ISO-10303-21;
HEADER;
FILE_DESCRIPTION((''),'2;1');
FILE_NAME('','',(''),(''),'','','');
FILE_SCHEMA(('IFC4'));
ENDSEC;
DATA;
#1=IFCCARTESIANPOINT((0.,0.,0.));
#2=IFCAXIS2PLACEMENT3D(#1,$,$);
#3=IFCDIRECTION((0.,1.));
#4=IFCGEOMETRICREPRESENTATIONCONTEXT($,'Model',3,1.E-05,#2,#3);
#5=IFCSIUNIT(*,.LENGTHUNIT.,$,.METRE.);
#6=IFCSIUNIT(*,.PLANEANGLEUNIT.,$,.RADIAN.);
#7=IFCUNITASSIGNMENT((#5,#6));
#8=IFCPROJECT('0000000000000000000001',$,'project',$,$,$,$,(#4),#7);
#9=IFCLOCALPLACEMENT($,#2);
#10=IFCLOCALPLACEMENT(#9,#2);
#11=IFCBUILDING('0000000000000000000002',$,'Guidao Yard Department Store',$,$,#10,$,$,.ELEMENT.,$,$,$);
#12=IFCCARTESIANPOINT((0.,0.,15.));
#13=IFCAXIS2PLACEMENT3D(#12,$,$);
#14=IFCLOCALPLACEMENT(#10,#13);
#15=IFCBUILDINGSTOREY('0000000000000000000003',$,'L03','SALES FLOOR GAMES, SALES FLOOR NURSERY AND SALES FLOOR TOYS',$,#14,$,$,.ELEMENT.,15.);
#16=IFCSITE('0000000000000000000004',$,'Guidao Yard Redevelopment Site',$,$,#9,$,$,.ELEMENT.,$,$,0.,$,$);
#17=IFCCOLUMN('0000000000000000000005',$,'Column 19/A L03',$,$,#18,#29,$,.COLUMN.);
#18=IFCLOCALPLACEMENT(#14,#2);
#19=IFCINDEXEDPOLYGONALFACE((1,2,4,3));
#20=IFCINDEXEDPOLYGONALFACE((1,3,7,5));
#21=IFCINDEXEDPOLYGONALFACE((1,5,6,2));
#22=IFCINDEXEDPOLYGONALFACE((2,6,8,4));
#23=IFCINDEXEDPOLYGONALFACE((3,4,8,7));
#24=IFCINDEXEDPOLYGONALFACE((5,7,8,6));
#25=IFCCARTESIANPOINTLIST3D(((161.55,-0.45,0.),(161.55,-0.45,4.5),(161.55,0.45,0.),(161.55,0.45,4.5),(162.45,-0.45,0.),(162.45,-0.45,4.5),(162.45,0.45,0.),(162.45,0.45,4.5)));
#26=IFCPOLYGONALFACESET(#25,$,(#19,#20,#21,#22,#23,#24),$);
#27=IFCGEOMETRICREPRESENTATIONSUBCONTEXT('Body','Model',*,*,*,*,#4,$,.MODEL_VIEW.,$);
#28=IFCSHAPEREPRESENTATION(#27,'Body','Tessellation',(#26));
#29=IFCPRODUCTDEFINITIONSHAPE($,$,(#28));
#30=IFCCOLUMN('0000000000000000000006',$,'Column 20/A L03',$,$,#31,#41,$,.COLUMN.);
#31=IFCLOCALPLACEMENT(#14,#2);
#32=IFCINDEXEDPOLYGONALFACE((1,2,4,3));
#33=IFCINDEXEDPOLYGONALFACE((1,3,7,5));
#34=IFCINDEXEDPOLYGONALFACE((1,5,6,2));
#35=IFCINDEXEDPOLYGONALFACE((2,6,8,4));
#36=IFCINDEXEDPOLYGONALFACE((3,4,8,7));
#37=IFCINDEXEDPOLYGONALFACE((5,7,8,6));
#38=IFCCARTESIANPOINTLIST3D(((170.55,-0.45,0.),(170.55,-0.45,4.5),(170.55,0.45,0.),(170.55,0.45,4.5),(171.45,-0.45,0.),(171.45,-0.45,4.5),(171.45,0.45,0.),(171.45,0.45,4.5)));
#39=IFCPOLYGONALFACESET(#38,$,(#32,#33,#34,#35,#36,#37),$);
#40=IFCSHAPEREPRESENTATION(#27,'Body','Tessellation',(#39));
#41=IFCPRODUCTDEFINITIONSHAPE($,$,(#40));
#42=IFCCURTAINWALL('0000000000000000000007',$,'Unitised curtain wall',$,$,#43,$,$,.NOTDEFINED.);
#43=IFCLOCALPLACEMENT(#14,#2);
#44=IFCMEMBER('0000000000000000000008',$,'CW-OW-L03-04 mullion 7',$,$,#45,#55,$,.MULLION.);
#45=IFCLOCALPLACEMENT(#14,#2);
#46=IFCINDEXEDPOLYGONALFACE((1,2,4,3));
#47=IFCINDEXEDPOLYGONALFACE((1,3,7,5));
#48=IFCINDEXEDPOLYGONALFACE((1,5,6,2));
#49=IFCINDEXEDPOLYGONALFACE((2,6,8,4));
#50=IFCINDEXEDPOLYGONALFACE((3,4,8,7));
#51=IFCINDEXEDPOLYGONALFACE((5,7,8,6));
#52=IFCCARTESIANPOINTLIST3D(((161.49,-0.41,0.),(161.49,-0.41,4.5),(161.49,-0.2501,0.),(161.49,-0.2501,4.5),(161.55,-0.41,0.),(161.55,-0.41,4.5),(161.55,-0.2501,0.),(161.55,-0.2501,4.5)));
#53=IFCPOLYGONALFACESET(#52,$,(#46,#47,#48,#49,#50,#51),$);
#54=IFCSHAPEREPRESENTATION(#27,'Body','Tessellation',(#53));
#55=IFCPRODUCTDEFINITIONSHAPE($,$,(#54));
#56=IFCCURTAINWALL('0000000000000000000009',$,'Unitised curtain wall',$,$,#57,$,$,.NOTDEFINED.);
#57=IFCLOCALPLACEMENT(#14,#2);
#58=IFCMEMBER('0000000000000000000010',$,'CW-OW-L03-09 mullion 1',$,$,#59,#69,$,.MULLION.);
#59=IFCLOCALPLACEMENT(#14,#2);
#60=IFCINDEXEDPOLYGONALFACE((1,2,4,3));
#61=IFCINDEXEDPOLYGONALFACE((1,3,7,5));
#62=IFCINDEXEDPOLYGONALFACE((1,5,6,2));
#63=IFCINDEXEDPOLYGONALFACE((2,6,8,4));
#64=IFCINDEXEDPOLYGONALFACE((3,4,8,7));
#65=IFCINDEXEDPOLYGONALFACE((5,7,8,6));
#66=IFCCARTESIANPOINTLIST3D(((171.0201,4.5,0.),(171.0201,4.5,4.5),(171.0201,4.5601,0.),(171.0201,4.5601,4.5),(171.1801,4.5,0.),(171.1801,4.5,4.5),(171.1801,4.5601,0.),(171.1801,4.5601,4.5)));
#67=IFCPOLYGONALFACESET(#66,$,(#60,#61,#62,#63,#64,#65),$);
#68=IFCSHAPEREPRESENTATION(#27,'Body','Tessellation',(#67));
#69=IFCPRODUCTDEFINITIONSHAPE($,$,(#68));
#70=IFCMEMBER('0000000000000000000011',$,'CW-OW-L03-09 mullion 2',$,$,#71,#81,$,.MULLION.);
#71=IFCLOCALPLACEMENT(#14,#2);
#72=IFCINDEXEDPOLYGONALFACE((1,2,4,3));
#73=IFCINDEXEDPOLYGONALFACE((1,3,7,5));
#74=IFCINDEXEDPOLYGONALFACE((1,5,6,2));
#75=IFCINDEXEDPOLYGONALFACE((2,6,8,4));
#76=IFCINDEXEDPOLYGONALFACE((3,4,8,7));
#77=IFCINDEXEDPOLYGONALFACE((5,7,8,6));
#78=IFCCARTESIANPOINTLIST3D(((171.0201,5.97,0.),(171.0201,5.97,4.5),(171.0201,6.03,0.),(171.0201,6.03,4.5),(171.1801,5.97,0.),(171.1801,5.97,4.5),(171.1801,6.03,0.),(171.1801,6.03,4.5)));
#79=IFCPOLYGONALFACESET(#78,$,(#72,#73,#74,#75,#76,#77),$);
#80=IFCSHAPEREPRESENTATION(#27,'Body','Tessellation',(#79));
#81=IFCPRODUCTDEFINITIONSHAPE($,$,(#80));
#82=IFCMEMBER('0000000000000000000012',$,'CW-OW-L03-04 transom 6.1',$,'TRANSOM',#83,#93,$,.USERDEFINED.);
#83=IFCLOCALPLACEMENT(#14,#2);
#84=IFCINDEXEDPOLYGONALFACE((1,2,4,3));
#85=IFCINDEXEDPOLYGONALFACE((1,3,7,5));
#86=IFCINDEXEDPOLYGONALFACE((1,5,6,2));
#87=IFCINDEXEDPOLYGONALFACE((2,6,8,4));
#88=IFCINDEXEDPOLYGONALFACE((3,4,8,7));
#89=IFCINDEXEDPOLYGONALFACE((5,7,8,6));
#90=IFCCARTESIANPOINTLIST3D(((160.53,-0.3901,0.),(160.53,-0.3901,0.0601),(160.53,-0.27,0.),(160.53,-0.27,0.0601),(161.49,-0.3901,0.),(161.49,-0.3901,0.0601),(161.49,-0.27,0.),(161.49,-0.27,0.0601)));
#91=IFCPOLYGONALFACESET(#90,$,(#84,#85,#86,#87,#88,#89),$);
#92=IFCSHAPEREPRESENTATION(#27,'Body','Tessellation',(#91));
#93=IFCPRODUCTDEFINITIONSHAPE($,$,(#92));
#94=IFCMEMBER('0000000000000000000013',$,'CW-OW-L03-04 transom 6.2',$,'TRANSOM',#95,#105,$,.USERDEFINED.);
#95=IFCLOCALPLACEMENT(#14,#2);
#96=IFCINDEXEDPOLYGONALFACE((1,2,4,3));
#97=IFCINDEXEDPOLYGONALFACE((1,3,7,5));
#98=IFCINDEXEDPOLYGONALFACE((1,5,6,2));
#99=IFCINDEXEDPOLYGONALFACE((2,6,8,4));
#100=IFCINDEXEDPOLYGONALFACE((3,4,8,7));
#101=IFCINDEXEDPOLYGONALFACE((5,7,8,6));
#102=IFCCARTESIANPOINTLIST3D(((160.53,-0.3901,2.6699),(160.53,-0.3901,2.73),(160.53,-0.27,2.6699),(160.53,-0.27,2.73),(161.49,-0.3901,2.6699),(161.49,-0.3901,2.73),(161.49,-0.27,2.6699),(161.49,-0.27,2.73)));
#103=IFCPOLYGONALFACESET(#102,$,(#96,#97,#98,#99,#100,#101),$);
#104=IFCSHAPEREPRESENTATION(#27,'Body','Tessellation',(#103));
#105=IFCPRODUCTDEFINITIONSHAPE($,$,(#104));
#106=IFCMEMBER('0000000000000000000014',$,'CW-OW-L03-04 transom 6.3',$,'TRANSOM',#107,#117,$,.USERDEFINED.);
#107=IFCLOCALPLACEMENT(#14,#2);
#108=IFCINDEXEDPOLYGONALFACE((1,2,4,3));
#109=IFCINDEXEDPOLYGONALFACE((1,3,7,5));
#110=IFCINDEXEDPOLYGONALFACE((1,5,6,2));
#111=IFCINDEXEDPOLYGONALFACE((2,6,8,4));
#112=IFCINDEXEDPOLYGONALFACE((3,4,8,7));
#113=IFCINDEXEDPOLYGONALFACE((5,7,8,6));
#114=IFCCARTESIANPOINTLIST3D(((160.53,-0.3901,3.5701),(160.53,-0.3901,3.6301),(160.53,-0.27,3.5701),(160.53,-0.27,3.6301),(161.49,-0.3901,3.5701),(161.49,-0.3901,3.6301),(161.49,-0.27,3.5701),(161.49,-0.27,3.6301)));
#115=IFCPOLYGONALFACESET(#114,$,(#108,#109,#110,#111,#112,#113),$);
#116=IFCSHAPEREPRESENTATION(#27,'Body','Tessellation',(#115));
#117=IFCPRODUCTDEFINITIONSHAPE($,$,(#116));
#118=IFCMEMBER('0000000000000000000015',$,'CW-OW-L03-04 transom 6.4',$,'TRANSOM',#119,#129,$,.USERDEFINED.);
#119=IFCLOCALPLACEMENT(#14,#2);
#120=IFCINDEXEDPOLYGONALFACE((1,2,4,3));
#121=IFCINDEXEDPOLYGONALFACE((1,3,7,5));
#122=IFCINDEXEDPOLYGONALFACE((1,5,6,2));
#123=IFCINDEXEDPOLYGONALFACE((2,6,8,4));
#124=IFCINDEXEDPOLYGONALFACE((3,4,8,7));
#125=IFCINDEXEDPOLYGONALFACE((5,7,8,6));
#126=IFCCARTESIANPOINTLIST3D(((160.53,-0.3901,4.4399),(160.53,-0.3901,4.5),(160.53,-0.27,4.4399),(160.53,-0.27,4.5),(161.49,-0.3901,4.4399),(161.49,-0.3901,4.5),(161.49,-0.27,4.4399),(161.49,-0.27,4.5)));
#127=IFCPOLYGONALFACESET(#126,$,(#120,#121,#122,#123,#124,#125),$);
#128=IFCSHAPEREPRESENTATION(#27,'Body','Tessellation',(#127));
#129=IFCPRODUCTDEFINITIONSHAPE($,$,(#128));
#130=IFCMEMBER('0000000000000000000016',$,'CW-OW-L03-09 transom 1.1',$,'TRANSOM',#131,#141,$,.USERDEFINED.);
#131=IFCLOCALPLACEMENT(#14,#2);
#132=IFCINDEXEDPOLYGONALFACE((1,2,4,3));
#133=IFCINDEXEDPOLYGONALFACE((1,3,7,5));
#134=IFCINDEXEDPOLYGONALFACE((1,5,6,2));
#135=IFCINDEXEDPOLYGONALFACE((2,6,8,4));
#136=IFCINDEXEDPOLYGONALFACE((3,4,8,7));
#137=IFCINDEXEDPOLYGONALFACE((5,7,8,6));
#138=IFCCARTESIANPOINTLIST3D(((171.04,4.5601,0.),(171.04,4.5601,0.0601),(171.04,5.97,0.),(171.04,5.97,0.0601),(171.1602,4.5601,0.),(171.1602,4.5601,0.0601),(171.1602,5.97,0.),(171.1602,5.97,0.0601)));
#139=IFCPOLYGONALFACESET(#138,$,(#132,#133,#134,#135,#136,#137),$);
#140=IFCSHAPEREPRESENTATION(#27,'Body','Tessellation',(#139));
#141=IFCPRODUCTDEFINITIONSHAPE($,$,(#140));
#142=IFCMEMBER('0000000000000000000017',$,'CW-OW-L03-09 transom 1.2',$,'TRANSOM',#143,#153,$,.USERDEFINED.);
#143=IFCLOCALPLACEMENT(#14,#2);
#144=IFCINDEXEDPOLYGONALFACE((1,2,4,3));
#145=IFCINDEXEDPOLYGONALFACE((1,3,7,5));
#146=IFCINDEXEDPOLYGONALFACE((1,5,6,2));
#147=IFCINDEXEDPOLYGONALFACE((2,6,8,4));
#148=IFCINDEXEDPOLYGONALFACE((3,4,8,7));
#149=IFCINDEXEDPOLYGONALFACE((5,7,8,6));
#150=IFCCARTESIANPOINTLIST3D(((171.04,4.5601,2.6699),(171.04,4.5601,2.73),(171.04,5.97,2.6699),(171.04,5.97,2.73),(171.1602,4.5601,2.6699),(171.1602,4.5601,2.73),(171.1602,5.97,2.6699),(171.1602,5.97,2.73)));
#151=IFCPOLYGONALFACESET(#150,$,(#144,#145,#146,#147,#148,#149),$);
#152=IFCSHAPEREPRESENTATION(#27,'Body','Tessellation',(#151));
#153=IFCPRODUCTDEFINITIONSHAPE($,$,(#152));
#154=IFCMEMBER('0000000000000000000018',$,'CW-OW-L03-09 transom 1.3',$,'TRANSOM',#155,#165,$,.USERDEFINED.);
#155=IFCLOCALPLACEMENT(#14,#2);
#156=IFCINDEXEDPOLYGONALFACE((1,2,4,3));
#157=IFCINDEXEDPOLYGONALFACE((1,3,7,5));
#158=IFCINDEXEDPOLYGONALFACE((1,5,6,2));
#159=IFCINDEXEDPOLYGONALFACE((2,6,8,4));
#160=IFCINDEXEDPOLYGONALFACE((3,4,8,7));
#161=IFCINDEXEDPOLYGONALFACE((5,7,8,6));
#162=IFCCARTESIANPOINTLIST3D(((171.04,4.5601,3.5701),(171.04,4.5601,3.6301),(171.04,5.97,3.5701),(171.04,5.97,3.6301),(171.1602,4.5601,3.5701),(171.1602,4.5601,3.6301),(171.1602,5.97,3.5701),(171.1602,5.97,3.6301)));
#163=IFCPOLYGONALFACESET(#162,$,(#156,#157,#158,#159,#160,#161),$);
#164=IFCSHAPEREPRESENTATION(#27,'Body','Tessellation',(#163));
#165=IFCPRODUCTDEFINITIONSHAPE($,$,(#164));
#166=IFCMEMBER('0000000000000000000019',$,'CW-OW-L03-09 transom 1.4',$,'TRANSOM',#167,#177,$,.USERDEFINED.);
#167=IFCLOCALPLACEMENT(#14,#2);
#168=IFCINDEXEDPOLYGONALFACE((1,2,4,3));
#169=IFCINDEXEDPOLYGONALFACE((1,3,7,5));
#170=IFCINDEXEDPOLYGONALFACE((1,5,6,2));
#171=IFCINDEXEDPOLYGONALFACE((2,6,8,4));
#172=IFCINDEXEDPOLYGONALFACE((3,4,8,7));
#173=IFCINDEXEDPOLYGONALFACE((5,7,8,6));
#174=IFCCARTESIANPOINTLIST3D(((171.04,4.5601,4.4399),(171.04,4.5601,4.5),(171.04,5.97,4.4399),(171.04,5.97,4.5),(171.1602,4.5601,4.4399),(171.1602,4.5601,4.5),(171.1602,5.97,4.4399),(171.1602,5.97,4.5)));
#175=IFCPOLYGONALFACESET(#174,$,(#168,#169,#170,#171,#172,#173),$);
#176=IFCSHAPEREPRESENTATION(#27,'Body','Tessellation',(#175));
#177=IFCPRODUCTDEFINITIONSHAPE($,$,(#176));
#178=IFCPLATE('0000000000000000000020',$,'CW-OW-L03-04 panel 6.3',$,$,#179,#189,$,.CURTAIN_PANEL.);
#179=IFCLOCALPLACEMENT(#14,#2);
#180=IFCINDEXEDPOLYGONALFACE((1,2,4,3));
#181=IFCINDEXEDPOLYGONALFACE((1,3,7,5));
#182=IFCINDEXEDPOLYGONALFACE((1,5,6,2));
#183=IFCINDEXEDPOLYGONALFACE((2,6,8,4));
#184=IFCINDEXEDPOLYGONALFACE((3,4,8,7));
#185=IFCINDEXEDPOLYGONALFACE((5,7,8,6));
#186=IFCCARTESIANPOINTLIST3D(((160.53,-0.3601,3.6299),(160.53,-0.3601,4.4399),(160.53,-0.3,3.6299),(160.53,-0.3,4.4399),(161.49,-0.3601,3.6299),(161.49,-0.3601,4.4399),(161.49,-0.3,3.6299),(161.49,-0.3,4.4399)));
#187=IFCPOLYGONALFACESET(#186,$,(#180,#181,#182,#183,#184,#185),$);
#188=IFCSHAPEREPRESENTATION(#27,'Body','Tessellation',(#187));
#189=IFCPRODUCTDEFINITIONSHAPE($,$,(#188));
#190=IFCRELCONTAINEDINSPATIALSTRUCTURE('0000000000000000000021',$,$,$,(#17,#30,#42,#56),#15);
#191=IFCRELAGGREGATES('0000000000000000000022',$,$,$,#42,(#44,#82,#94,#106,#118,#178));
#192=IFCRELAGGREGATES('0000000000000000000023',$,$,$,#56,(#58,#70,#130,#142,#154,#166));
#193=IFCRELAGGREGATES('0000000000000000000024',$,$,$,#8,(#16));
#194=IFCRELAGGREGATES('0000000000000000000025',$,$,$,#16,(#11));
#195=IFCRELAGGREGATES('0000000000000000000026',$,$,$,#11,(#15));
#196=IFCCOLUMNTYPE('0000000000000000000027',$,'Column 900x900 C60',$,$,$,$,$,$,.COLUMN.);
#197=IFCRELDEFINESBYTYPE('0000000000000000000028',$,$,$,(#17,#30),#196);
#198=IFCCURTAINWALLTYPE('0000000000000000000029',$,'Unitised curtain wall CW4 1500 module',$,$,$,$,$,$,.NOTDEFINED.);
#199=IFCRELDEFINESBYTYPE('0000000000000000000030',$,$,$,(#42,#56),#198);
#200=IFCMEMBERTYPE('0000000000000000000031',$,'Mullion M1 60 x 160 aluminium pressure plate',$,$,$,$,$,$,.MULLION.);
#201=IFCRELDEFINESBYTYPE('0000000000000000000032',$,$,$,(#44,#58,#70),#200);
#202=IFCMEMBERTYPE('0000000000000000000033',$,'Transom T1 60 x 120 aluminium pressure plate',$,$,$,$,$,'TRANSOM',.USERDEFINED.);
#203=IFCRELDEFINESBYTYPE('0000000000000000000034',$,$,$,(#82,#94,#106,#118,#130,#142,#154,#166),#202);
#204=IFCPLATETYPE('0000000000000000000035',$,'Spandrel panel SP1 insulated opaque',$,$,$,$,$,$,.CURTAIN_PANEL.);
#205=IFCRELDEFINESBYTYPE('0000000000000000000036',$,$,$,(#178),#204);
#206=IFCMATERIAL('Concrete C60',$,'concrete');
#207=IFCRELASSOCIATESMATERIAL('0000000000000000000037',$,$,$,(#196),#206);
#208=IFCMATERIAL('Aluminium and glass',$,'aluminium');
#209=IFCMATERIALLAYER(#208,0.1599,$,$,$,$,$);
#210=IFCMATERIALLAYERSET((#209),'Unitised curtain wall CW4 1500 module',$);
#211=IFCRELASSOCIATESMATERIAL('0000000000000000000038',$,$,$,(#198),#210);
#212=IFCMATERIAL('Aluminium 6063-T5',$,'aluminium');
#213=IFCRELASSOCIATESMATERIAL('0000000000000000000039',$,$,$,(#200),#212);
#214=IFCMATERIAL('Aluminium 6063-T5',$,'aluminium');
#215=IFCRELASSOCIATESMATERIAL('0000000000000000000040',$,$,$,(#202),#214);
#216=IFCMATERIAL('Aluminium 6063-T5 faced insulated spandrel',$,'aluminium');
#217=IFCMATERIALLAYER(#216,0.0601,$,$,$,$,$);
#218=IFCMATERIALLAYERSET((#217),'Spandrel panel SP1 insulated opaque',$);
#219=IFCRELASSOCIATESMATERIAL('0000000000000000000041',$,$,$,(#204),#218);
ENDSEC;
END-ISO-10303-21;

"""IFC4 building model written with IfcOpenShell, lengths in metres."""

from ifc_helpers import new_model, si_unit, direction, frame, origin, origin_2d, place, context, subcontext, project, spatial, rectangle, extrude, material, layer, layer_set, material_profile, profile_set, type_object, element, aggregate, save


model = new_model("IFC4")

# Units and contexts
model_context = context("Model", 3, precision=1e-05, world=origin(), true_north=direction((0.0, 1.0)))
body_context = subcontext(model_context, "Body", "Model", "MODEL_VIEW")
ifc_project = project(units=[si_unit("LENGTHUNIT", "METRE"), si_unit("PLANEANGLEUNIT", "RADIAN")], contexts=[model_context])

# Site, building, storey
site_placement = place(None, origin())
site = spatial("IfcSite", under=ifc_project, at=site_placement, Name="Guidao Yard Redevelopment Site", CompositionType="ELEMENT", RefElevation=0.0)
building_placement = place(site_placement, origin())
building = spatial("IfcBuilding", under=site, at=building_placement, Name="Guidao Yard Department Store", CompositionType="ELEMENT")
storey_placement = place(building_placement, frame((0.0, 0.0, 15.0)))
storey = spatial("IfcBuildingStorey", under=building, at=storey_placement, Name="L03", Description="SALES FLOOR GAMES, SALES FLOOR NURSERY AND SALES FLOOR TOYS", CompositionType="ELEMENT", Elevation=15.0)

# Columns
ifc_material_1 = material(Name="Concrete C60", Category="concrete")
ifc_material_profile_1 = material_profile(ifc_material_1, rectangle(XDim=0.8999, YDim=0.8999, at=origin_2d()), Name="COL 900x900")
ifc_profile_set_1 = profile_set([ifc_material_profile_1], Name="Concrete C60")
column_type = type_object("IfcColumnType", Name="Column 900x900 C60", PredefinedType="COLUMN", material=ifc_profile_set_1)
for number, where, z_axis, x_axis, name in (
    (1, (162.0, 0.0, 0.0), (0.0, 0.0, 1.0), (1.0, 0.0, 0.0), "Column 19/A L03"),
    (2, (171.0, 0.0, 0.0), (0.0, 0.0, 1.0), (1.0, 0.0, 0.0), "Column 20/A L03"),
):
    element("IfcColumn", number, at=place(storey_placement, frame(where, z_axis=z_axis, x_axis=x_axis)), inside=storey, type_object=column_type, Name=name, PredefinedType="COLUMN", context=body_context, shape_type="SweptSolid", body=[
        extrude(rectangle(XDim=0.8999, YDim=0.8999, at=origin_2d()), origin(), (0.0, 0.0, 1.0), 4.5),
    ])

# Curtain wall, member
ifc_material_2 = material(Name="Aluminium and glass", Category="aluminium")
ifc_layer_1 = layer(ifc_material_2, 0.1599)
ifc_layer_set_1 = layer_set([ifc_layer_1], Name="Unitised curtain wall CW4 1500 module")
curtain_wall_type = type_object("IfcCurtainWallType", Name="Unitised curtain wall CW4 1500 module", PredefinedType="NOTDEFINED", material=ifc_layer_set_1)
curtain_wall_1_placement = place(storey_placement, origin())
curtain_wall_1 = element("IfcCurtainWall", 3, at=curtain_wall_1_placement, inside=storey, type_object=curtain_wall_type, Name="Unitised curtain wall", PredefinedType="NOTDEFINED")
ifc_material_3 = material(Name="Aluminium 6063-T5", Category="aluminium")
ifc_material_profile_2 = material_profile(ifc_material_3, rectangle(XDim=0.0601, YDim=0.1599, at=origin_2d()), Name="Mullion M1 60 x 160 aluminium pressure plate")
ifc_profile_set_2 = profile_set([ifc_material_profile_2], Name="Aluminium 6063-T5")
member_type_1 = type_object("IfcMemberType", Name="Mullion M1 60 x 160 aluminium pressure plate", PredefinedType="MULLION", material=ifc_profile_set_2)
member_1_placement = place(storey_placement, frame((161.52, -0.3301, 0.0), z_axis=(0.0, 0.0, 1.0), x_axis=(-1.0, 0.0, 0.0)))
member_1 = element("IfcMember", 4, at=member_1_placement, type_object=member_type_1, Name="CW-OW-L03-04 mullion 7", PredefinedType="MULLION", context=body_context, shape_type="SweptSolid", body=[
    extrude(rectangle(XDim=0.0601, YDim=0.1599, at=origin_2d()), origin(), (0.0, 0.0, 1.0), 4.5),
])

# Curtain wall, members
curtain_wall_2_placement = place(storey_placement, origin())
curtain_wall_2 = element("IfcCurtainWall", 5, at=curtain_wall_2_placement, inside=storey, type_object=curtain_wall_type, Name="Unitised curtain wall", PredefinedType="NOTDEFINED")
member_2_placement = place(storey_placement, frame((171.1001, 4.53, 0.0), z_axis=(0.0, 0.0, 1.0), x_axis=(0.0, -1.0, 0.0)))
member_2 = element("IfcMember", 6, at=member_2_placement, type_object=member_type_1, Name="CW-OW-L03-09 mullion 1", PredefinedType="MULLION", context=body_context, shape_type="SweptSolid", body=[
    extrude(rectangle(XDim=0.0601, YDim=0.1599, at=origin_2d()), origin(), (0.0, 0.0, 1.0), 4.5),
])
member_3_placement = place(storey_placement, frame((171.1001, 6.0, 0.0), z_axis=(0.0, 0.0, 1.0), x_axis=(0.0, -1.0, 0.0)))
member_3 = element("IfcMember", 7, at=member_3_placement, type_object=member_type_1, Name="CW-OW-L03-09 mullion 2", PredefinedType="MULLION", context=body_context, shape_type="SweptSolid", body=[
    extrude(rectangle(XDim=0.0601, YDim=0.1599, at=origin_2d()), origin(), (0.0, 0.0, 1.0), 4.5),
])

# Members
ifc_material_4 = material(Name="Aluminium 6063-T5", Category="aluminium")
ifc_material_profile_3 = material_profile(ifc_material_4, rectangle(XDim=0.1201, YDim=0.0601, at=origin_2d()), Name="Transom T1 60 x 120 aluminium pressure plate")
ifc_profile_set_3 = profile_set([ifc_material_profile_3], Name="Aluminium 6063-T5")
member_type_2 = type_object("IfcMemberType", Name="Transom T1 60 x 120 aluminium pressure plate", ElementType="TRANSOM", PredefinedType="USERDEFINED", material=ifc_profile_set_3)
member_4_placement = place(storey_placement, frame((161.49, -0.3301, 0.03), z_axis=(-1.0, 0.0, 0.0), x_axis=(0.0, -1.0, 0.0)))
member_4 = element("IfcMember", 8, at=member_4_placement, type_object=member_type_2, Name="CW-OW-L03-04 transom 6.1", ObjectType="TRANSOM", PredefinedType="USERDEFINED", context=body_context, shape_type="SweptSolid", body=[
    extrude(rectangle(XDim=0.1201, YDim=0.0601, at=origin_2d()), origin(), (0.0, 0.0, 1.0), 0.96),
])
member_5_placement = place(storey_placement, frame((161.49, -0.3301, 2.7), z_axis=(-1.0, 0.0, 0.0), x_axis=(0.0, -1.0, 0.0)))
member_5 = element("IfcMember", 9, at=member_5_placement, type_object=member_type_2, Name="CW-OW-L03-04 transom 6.2", ObjectType="TRANSOM", PredefinedType="USERDEFINED", context=body_context, shape_type="SweptSolid", body=[
    extrude(rectangle(XDim=0.1201, YDim=0.0601, at=origin_2d()), origin(), (0.0, 0.0, 1.0), 0.96),
])
member_6_placement = place(storey_placement, frame((161.49, -0.3301, 3.6001), z_axis=(-1.0, 0.0, 0.0), x_axis=(0.0, -1.0, 0.0)))
member_6 = element("IfcMember", 10, at=member_6_placement, type_object=member_type_2, Name="CW-OW-L03-04 transom 6.3", ObjectType="TRANSOM", PredefinedType="USERDEFINED", context=body_context, shape_type="SweptSolid", body=[
    extrude(rectangle(XDim=0.1201, YDim=0.0601, at=origin_2d()), origin(), (0.0, 0.0, 1.0), 0.96),
])
member_7_placement = place(storey_placement, frame((161.49, -0.3301, 4.47), z_axis=(-1.0, 0.0, 0.0), x_axis=(0.0, -1.0, 0.0)))
member_7 = element("IfcMember", 11, at=member_7_placement, type_object=member_type_2, Name="CW-OW-L03-04 transom 6.4", ObjectType="TRANSOM", PredefinedType="USERDEFINED", context=body_context, shape_type="SweptSolid", body=[
    extrude(rectangle(XDim=0.1201, YDim=0.0601, at=origin_2d()), origin(), (0.0, 0.0, 1.0), 0.96),
])
member_8_placement = place(storey_placement, frame((171.1001, 5.97, 0.03), z_axis=(0.0, -1.0, 0.0), x_axis=(1.0, 0.0, 0.0)))
member_8 = element("IfcMember", 12, at=member_8_placement, type_object=member_type_2, Name="CW-OW-L03-09 transom 1.1", ObjectType="TRANSOM", PredefinedType="USERDEFINED", context=body_context, shape_type="SweptSolid", body=[
    extrude(rectangle(XDim=0.1201, YDim=0.0601, at=origin_2d()), origin(), (0.0, 0.0, 1.0), 1.4099),
])
member_9_placement = place(storey_placement, frame((171.1001, 5.97, 2.7), z_axis=(0.0, -1.0, 0.0), x_axis=(1.0, 0.0, 0.0)))
member_9 = element("IfcMember", 13, at=member_9_placement, type_object=member_type_2, Name="CW-OW-L03-09 transom 1.2", ObjectType="TRANSOM", PredefinedType="USERDEFINED", context=body_context, shape_type="SweptSolid", body=[
    extrude(rectangle(XDim=0.1201, YDim=0.0601, at=origin_2d()), origin(), (0.0, 0.0, 1.0), 1.4099),
])
member_10_placement = place(storey_placement, frame((171.1001, 5.97, 3.6001), z_axis=(0.0, -1.0, 0.0), x_axis=(1.0, 0.0, 0.0)))
member_10 = element("IfcMember", 14, at=member_10_placement, type_object=member_type_2, Name="CW-OW-L03-09 transom 1.3", ObjectType="TRANSOM", PredefinedType="USERDEFINED", context=body_context, shape_type="SweptSolid", body=[
    extrude(rectangle(XDim=0.1201, YDim=0.0601, at=origin_2d()), origin(), (0.0, 0.0, 1.0), 1.4099),
])
member_11_placement = place(storey_placement, frame((171.1001, 5.97, 4.47), z_axis=(0.0, -1.0, 0.0), x_axis=(1.0, 0.0, 0.0)))
member_11 = element("IfcMember", 15, at=member_11_placement, type_object=member_type_2, Name="CW-OW-L03-09 transom 1.4", ObjectType="TRANSOM", PredefinedType="USERDEFINED", context=body_context, shape_type="SweptSolid", body=[
    extrude(rectangle(XDim=0.1201, YDim=0.0601, at=origin_2d()), origin(), (0.0, 0.0, 1.0), 1.4099),
])

# Plate
ifc_material_5 = material(Name="Aluminium 6063-T5 faced insulated spandrel", Category="aluminium")
ifc_layer_2 = layer(ifc_material_5, 0.0601)
ifc_layer_set_2 = layer_set([ifc_layer_2], Name="Spandrel panel SP1 insulated opaque")
plate_type_1 = type_object("IfcPlateType", Name="Spandrel panel SP1 insulated opaque", PredefinedType="CURTAIN_PANEL", material=ifc_layer_set_2)
plate_1_placement = place(storey_placement, frame((161.01, -0.3301, 3.6299), z_axis=(0.0, 0.0, 1.0), x_axis=(-1.0, 0.0, 0.0)))
plate_1 = element("IfcPlate", 16, at=plate_1_placement, type_object=plate_type_1, Name="CW-OW-L03-04 panel 6.3", PredefinedType="CURTAIN_PANEL", context=body_context, shape_type="SweptSolid", body=[
    extrude(rectangle(XDim=0.96, YDim=0.0601, at=origin_2d()), origin(), (0.0, 0.0, 1.0), 0.8101),
])
aggregate(curtain_wall_1, [member_1, member_4, member_5, member_6, member_7, plate_1])
aggregate(curtain_wall_2, [member_2, member_3, member_8, member_9, member_10, member_11])

save(model, "model.ifc")
